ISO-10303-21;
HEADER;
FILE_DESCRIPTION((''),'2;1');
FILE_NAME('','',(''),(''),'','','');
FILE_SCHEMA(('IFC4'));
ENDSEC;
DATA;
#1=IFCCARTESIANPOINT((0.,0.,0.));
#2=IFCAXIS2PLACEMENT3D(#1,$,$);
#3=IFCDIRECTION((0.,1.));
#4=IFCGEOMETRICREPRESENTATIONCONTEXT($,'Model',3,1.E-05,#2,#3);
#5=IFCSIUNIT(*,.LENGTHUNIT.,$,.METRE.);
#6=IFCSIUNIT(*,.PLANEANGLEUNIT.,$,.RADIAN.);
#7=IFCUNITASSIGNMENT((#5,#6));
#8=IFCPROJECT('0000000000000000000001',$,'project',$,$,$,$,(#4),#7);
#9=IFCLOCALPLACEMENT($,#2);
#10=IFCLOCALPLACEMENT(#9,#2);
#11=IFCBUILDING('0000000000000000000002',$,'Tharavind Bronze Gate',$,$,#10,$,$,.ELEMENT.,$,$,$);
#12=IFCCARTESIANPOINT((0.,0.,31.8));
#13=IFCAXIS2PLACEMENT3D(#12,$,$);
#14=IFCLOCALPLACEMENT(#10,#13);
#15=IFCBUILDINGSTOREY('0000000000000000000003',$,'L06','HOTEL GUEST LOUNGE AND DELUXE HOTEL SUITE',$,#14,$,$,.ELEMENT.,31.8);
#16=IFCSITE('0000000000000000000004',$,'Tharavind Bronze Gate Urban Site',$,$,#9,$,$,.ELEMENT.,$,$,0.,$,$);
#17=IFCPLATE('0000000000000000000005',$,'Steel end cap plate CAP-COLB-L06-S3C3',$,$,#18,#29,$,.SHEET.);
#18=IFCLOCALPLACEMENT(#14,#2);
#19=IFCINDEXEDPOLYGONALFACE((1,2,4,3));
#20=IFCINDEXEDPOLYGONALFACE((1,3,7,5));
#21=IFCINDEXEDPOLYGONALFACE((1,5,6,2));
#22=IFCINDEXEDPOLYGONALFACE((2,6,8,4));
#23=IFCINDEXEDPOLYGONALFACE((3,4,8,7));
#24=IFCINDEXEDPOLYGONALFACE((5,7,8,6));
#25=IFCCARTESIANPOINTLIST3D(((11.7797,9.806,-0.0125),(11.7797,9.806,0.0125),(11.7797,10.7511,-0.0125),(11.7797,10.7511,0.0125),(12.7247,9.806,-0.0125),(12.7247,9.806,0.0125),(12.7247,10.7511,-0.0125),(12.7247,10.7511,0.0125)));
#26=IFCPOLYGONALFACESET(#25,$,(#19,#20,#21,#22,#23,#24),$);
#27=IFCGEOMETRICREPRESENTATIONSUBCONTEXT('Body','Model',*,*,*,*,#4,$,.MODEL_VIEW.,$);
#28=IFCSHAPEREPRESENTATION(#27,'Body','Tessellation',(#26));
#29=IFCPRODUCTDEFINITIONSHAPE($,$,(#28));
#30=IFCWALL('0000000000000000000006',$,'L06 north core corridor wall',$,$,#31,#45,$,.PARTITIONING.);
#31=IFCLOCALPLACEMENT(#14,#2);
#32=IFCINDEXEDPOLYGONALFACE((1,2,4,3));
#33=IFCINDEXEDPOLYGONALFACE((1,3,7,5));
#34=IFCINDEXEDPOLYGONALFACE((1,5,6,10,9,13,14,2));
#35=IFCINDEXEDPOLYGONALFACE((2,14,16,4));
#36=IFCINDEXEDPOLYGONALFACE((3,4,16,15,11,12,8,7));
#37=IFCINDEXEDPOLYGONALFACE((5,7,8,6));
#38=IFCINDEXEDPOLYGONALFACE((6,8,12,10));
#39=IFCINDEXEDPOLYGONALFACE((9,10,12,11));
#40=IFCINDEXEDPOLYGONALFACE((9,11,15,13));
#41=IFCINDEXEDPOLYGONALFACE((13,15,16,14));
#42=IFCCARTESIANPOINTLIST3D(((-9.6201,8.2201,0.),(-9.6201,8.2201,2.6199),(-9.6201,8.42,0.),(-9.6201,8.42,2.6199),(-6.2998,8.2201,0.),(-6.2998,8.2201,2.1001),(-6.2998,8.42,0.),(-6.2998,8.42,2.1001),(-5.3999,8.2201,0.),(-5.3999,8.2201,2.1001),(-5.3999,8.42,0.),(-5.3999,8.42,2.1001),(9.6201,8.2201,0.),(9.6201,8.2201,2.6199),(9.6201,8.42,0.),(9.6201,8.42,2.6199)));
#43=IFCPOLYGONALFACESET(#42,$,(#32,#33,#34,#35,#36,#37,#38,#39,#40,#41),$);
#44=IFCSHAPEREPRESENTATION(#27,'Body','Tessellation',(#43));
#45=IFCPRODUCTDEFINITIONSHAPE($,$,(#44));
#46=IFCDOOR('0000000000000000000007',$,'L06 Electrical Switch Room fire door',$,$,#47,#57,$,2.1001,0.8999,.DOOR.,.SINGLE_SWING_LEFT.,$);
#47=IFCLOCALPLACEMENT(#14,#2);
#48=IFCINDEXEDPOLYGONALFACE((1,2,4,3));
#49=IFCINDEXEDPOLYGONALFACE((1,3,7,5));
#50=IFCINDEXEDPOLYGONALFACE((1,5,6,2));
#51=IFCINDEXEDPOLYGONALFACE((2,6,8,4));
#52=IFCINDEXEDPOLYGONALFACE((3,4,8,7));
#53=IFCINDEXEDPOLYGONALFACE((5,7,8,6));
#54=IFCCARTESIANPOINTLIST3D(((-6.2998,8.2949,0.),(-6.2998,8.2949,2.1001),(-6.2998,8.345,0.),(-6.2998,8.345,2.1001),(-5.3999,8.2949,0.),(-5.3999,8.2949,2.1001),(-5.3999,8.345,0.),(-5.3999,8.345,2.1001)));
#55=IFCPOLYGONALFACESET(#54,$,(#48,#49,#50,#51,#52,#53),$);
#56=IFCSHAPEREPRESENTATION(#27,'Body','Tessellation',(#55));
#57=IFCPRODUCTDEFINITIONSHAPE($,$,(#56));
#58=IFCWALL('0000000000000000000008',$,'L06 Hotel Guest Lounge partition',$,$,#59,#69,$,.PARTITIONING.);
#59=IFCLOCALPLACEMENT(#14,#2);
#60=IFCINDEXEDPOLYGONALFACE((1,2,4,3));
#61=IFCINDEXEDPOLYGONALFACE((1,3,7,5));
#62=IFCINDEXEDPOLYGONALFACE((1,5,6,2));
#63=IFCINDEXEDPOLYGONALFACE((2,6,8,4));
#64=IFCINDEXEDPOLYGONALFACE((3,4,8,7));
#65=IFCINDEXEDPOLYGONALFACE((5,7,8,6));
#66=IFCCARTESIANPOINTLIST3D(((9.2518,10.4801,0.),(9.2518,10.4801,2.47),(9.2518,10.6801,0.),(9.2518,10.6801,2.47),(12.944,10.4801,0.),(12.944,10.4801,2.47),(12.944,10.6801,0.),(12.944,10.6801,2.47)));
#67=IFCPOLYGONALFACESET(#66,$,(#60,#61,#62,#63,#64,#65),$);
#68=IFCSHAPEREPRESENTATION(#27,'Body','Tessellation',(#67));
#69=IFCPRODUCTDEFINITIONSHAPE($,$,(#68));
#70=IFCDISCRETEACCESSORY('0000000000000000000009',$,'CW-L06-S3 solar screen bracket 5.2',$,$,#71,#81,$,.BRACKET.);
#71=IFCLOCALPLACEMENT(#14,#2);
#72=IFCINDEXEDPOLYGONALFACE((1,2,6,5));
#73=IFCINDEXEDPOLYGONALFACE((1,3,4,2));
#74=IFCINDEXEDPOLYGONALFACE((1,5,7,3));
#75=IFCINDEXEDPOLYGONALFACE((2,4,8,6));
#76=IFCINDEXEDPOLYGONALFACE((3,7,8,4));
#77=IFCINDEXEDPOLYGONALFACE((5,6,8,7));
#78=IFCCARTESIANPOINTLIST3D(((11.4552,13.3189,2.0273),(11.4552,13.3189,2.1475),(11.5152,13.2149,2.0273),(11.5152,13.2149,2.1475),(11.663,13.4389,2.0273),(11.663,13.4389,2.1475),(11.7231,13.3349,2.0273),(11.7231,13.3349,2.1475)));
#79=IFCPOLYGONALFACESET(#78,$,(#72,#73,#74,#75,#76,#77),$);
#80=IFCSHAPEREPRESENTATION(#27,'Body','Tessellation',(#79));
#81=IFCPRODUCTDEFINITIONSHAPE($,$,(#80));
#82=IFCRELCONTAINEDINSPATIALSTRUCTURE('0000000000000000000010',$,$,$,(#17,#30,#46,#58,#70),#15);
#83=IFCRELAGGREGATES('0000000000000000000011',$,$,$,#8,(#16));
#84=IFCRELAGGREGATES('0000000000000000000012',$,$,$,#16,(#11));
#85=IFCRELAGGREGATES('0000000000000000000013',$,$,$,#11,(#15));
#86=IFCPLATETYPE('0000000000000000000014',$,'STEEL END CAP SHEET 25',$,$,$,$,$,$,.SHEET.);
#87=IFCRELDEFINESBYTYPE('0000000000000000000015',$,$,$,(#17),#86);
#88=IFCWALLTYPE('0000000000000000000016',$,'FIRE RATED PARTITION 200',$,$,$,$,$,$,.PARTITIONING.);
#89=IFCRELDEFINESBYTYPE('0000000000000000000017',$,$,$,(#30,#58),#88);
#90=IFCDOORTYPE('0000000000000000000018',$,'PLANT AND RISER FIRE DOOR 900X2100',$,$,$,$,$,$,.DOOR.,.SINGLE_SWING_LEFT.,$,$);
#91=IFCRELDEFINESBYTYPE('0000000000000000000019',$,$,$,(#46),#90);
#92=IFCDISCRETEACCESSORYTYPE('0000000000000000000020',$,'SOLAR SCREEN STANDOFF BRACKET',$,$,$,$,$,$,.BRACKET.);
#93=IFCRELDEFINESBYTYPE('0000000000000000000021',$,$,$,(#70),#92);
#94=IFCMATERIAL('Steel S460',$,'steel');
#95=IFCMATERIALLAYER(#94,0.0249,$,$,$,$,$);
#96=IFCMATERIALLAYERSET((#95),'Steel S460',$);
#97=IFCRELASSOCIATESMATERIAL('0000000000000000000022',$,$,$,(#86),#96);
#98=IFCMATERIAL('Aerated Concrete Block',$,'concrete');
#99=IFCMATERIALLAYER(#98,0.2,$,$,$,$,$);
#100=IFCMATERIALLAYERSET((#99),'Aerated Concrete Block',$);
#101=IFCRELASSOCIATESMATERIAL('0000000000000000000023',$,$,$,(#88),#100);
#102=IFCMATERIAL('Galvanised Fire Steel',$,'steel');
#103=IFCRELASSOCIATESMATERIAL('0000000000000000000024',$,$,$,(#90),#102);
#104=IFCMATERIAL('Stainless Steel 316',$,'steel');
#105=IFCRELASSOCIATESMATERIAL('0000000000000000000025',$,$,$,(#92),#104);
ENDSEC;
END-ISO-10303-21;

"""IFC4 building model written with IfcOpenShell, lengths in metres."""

from ifc_helpers import new_model, si_unit, direction, frame, frame_2d, origin, origin_2d, place, context, subcontext, project, spatial, rectangle, extrude, material, layer, layer_set, type_object, element, fill, save


model = new_model("IFC4")

# Units and contexts
model_context = context("Model", 3, precision=1e-05, world=origin(), true_north=direction((0.0, 1.0)))
body_context = subcontext(model_context, "Body", "Model", "MODEL_VIEW")
ifc_project = project(units=[si_unit("LENGTHUNIT", "METRE"), si_unit("PLANEANGLEUNIT", "RADIAN")], contexts=[model_context])

# Site, building, storey
site_placement = place(None, origin())
site = spatial("IfcSite", under=ifc_project, at=site_placement, Name="Tharavind Bronze Gate Urban Site", CompositionType="ELEMENT", RefElevation=0.0)
building_placement = place(site_placement, origin())
building = spatial("IfcBuilding", under=site, at=building_placement, Name="Tharavind Bronze Gate", CompositionType="ELEMENT")
storey_placement = place(building_placement, frame((0.0, 0.0, 31.8)))
storey = spatial("IfcBuildingStorey", under=building, at=storey_placement, Name="L06", Description="HOTEL GUEST LOUNGE AND DELUXE HOTEL SUITE", CompositionType="ELEMENT", Elevation=31.8)

# Shared definitions
ifc_material_1 = material(Name="Steel S460", Category="steel")

# Plate
ifc_layer_1 = layer(ifc_material_1, 0.0249)
ifc_layer_set_1 = layer_set([ifc_layer_1], Name="Steel S460")
plate_type_1 = type_object("IfcPlateType", Name="STEEL END CAP SHEET 25", PredefinedType="SHEET", material=ifc_layer_set_1)
plate_1_placement = place(storey_placement, frame((12.2522, 10.2786, -0.0125), z_axis=(0.0, 0.0, 1.0), x_axis=(1.0, 0.0, 0.0)))
element("IfcPlate", 1, at=plate_1_placement, inside=storey, type_object=plate_type_1, Name="Steel end cap plate CAP-COLB-L06-S3C3", PredefinedType="SHEET", context=body_context, shape_type="SweptSolid", body=[
    extrude(rectangle(XDim=0.9451, YDim=0.9451, at=origin_2d()), origin(), (0.0, 0.0, 1.0), 0.0249),
])

# Wall, opening, door
ifc_material_2 = material(Name="Aerated Concrete Block", Category="concrete")
ifc_layer_2 = layer(ifc_material_2, 0.2)
ifc_layer_set_2 = layer_set([ifc_layer_2], Name="Aerated Concrete Block")
wall_type = type_object("IfcWallType", Name="FIRE RATED PARTITION 200", PredefinedType="PARTITIONING", material=ifc_layer_set_2)
wall_1_placement = place(storey_placement, frame((9.6201, 8.3201, 0.0), z_axis=(0.0, 0.0, 1.0), x_axis=(-1.0, 0.0, 0.0)))
wall_1 = element("IfcWall", 2, at=wall_1_placement, inside=storey, type_object=wall_type, Name="L06 north core corridor wall", PredefinedType="PARTITIONING", context=body_context, shape_type="SweptSolid", body=[
    extrude(rectangle(XDim=19.2402, YDim=0.2, at=frame_2d((9.6201, 0.0))), origin(), (0.0, 0.0, 1.0), 2.6199),
])
opening_placement = place(wall_1_placement, frame((15.02, 0.0, 0.0)))
opening = element("IfcOpeningElement", 3, at=opening_placement, cuts=wall_1, PredefinedType="OPENING", context=body_context, shape_type="SweptSolid", body=[
    extrude(rectangle(XDim=0.8999, YDim=2.1001, at=frame_2d((0.45, 1.05))), frame((0.0, 0.1101, 0.0), z_axis=(0.0, -1.0, 0.0), x_axis=(1.0, 0.0, 0.0)), (0.0, 0.0, 1.0), 0.22),
])
ifc_material_3 = material(Name="Galvanised Fire Steel", Category="steel")
door_type = type_object("IfcDoorType", Name="PLANT AND RISER FIRE DOOR 900X2100", OperationType="SINGLE_SWING_LEFT", PredefinedType="DOOR", material=ifc_material_3)
door_placement = place(opening_placement, frame((0.8999, 0.0, 0.0), z_axis=(0.0, 0.0, 1.0), x_axis=(-1.0, 0.0, 0.0)))
door = element("IfcDoor", 4, at=door_placement, inside=storey, type_object=door_type, Name="L06 Electrical Switch Room fire door", OperationType="SINGLE_SWING_LEFT", OverallHeight=2.1001, OverallWidth=0.8999, PredefinedType="DOOR", context=body_context, shape_type="SweptSolid", body=[
    extrude(rectangle(XDim=0.8999, YDim=2.1001, at=frame_2d((0.45, 1.05))), frame((0.0, 0.0249, 0.0), z_axis=(0.0, -1.0, 0.0), x_axis=(1.0, 0.0, 0.0)), (0.0, 0.0, 1.0), 0.05),
])
fill(opening, door)

# Wall
wall_2_placement = place(storey_placement, frame((12.9441, 10.5801, 0.0), z_axis=(0.0, 0.0, 1.0), x_axis=(-1.0, 0.0, 0.0)))
element("IfcWall", 5, at=wall_2_placement, inside=storey, type_object=wall_type, Name="L06 Hotel Guest Lounge partition", PredefinedType="PARTITIONING", context=body_context, shape_type="SweptSolid", body=[
    extrude(rectangle(XDim=3.6921, YDim=0.2, at=frame_2d((1.8462, 0.0))), origin(), (0.0, 0.0, 1.0), 2.47),
])

# Discrete accessory
ifc_material_4 = material(Name="Stainless Steel 316", Category="steel")
discrete_accessory_type = type_object("IfcDiscreteAccessoryType", Name="SOLAR SCREEN STANDOFF BRACKET", PredefinedType="BRACKET", material=ifc_material_4)
discrete_accessory_placement = place(storey_placement, frame((11.5891, 13.3269, 2.0273), z_axis=(0.0, 0.0, 1.0), x_axis=(-0.500002, 0.866025, 0.0)))
element("IfcDiscreteAccessory", 6, at=discrete_accessory_placement, inside=storey, type_object=discrete_accessory_type, Name="CW-L06-S3 solar screen bracket 5.2", PredefinedType="BRACKET", context=body_context, shape_type="SweptSolid", body=[
    extrude(rectangle(XDim=0.1201, YDim=0.24, at=origin_2d()), origin(), (0.0, 0.0, 1.0), 0.1201),
])

save(model, "model.ifc")
